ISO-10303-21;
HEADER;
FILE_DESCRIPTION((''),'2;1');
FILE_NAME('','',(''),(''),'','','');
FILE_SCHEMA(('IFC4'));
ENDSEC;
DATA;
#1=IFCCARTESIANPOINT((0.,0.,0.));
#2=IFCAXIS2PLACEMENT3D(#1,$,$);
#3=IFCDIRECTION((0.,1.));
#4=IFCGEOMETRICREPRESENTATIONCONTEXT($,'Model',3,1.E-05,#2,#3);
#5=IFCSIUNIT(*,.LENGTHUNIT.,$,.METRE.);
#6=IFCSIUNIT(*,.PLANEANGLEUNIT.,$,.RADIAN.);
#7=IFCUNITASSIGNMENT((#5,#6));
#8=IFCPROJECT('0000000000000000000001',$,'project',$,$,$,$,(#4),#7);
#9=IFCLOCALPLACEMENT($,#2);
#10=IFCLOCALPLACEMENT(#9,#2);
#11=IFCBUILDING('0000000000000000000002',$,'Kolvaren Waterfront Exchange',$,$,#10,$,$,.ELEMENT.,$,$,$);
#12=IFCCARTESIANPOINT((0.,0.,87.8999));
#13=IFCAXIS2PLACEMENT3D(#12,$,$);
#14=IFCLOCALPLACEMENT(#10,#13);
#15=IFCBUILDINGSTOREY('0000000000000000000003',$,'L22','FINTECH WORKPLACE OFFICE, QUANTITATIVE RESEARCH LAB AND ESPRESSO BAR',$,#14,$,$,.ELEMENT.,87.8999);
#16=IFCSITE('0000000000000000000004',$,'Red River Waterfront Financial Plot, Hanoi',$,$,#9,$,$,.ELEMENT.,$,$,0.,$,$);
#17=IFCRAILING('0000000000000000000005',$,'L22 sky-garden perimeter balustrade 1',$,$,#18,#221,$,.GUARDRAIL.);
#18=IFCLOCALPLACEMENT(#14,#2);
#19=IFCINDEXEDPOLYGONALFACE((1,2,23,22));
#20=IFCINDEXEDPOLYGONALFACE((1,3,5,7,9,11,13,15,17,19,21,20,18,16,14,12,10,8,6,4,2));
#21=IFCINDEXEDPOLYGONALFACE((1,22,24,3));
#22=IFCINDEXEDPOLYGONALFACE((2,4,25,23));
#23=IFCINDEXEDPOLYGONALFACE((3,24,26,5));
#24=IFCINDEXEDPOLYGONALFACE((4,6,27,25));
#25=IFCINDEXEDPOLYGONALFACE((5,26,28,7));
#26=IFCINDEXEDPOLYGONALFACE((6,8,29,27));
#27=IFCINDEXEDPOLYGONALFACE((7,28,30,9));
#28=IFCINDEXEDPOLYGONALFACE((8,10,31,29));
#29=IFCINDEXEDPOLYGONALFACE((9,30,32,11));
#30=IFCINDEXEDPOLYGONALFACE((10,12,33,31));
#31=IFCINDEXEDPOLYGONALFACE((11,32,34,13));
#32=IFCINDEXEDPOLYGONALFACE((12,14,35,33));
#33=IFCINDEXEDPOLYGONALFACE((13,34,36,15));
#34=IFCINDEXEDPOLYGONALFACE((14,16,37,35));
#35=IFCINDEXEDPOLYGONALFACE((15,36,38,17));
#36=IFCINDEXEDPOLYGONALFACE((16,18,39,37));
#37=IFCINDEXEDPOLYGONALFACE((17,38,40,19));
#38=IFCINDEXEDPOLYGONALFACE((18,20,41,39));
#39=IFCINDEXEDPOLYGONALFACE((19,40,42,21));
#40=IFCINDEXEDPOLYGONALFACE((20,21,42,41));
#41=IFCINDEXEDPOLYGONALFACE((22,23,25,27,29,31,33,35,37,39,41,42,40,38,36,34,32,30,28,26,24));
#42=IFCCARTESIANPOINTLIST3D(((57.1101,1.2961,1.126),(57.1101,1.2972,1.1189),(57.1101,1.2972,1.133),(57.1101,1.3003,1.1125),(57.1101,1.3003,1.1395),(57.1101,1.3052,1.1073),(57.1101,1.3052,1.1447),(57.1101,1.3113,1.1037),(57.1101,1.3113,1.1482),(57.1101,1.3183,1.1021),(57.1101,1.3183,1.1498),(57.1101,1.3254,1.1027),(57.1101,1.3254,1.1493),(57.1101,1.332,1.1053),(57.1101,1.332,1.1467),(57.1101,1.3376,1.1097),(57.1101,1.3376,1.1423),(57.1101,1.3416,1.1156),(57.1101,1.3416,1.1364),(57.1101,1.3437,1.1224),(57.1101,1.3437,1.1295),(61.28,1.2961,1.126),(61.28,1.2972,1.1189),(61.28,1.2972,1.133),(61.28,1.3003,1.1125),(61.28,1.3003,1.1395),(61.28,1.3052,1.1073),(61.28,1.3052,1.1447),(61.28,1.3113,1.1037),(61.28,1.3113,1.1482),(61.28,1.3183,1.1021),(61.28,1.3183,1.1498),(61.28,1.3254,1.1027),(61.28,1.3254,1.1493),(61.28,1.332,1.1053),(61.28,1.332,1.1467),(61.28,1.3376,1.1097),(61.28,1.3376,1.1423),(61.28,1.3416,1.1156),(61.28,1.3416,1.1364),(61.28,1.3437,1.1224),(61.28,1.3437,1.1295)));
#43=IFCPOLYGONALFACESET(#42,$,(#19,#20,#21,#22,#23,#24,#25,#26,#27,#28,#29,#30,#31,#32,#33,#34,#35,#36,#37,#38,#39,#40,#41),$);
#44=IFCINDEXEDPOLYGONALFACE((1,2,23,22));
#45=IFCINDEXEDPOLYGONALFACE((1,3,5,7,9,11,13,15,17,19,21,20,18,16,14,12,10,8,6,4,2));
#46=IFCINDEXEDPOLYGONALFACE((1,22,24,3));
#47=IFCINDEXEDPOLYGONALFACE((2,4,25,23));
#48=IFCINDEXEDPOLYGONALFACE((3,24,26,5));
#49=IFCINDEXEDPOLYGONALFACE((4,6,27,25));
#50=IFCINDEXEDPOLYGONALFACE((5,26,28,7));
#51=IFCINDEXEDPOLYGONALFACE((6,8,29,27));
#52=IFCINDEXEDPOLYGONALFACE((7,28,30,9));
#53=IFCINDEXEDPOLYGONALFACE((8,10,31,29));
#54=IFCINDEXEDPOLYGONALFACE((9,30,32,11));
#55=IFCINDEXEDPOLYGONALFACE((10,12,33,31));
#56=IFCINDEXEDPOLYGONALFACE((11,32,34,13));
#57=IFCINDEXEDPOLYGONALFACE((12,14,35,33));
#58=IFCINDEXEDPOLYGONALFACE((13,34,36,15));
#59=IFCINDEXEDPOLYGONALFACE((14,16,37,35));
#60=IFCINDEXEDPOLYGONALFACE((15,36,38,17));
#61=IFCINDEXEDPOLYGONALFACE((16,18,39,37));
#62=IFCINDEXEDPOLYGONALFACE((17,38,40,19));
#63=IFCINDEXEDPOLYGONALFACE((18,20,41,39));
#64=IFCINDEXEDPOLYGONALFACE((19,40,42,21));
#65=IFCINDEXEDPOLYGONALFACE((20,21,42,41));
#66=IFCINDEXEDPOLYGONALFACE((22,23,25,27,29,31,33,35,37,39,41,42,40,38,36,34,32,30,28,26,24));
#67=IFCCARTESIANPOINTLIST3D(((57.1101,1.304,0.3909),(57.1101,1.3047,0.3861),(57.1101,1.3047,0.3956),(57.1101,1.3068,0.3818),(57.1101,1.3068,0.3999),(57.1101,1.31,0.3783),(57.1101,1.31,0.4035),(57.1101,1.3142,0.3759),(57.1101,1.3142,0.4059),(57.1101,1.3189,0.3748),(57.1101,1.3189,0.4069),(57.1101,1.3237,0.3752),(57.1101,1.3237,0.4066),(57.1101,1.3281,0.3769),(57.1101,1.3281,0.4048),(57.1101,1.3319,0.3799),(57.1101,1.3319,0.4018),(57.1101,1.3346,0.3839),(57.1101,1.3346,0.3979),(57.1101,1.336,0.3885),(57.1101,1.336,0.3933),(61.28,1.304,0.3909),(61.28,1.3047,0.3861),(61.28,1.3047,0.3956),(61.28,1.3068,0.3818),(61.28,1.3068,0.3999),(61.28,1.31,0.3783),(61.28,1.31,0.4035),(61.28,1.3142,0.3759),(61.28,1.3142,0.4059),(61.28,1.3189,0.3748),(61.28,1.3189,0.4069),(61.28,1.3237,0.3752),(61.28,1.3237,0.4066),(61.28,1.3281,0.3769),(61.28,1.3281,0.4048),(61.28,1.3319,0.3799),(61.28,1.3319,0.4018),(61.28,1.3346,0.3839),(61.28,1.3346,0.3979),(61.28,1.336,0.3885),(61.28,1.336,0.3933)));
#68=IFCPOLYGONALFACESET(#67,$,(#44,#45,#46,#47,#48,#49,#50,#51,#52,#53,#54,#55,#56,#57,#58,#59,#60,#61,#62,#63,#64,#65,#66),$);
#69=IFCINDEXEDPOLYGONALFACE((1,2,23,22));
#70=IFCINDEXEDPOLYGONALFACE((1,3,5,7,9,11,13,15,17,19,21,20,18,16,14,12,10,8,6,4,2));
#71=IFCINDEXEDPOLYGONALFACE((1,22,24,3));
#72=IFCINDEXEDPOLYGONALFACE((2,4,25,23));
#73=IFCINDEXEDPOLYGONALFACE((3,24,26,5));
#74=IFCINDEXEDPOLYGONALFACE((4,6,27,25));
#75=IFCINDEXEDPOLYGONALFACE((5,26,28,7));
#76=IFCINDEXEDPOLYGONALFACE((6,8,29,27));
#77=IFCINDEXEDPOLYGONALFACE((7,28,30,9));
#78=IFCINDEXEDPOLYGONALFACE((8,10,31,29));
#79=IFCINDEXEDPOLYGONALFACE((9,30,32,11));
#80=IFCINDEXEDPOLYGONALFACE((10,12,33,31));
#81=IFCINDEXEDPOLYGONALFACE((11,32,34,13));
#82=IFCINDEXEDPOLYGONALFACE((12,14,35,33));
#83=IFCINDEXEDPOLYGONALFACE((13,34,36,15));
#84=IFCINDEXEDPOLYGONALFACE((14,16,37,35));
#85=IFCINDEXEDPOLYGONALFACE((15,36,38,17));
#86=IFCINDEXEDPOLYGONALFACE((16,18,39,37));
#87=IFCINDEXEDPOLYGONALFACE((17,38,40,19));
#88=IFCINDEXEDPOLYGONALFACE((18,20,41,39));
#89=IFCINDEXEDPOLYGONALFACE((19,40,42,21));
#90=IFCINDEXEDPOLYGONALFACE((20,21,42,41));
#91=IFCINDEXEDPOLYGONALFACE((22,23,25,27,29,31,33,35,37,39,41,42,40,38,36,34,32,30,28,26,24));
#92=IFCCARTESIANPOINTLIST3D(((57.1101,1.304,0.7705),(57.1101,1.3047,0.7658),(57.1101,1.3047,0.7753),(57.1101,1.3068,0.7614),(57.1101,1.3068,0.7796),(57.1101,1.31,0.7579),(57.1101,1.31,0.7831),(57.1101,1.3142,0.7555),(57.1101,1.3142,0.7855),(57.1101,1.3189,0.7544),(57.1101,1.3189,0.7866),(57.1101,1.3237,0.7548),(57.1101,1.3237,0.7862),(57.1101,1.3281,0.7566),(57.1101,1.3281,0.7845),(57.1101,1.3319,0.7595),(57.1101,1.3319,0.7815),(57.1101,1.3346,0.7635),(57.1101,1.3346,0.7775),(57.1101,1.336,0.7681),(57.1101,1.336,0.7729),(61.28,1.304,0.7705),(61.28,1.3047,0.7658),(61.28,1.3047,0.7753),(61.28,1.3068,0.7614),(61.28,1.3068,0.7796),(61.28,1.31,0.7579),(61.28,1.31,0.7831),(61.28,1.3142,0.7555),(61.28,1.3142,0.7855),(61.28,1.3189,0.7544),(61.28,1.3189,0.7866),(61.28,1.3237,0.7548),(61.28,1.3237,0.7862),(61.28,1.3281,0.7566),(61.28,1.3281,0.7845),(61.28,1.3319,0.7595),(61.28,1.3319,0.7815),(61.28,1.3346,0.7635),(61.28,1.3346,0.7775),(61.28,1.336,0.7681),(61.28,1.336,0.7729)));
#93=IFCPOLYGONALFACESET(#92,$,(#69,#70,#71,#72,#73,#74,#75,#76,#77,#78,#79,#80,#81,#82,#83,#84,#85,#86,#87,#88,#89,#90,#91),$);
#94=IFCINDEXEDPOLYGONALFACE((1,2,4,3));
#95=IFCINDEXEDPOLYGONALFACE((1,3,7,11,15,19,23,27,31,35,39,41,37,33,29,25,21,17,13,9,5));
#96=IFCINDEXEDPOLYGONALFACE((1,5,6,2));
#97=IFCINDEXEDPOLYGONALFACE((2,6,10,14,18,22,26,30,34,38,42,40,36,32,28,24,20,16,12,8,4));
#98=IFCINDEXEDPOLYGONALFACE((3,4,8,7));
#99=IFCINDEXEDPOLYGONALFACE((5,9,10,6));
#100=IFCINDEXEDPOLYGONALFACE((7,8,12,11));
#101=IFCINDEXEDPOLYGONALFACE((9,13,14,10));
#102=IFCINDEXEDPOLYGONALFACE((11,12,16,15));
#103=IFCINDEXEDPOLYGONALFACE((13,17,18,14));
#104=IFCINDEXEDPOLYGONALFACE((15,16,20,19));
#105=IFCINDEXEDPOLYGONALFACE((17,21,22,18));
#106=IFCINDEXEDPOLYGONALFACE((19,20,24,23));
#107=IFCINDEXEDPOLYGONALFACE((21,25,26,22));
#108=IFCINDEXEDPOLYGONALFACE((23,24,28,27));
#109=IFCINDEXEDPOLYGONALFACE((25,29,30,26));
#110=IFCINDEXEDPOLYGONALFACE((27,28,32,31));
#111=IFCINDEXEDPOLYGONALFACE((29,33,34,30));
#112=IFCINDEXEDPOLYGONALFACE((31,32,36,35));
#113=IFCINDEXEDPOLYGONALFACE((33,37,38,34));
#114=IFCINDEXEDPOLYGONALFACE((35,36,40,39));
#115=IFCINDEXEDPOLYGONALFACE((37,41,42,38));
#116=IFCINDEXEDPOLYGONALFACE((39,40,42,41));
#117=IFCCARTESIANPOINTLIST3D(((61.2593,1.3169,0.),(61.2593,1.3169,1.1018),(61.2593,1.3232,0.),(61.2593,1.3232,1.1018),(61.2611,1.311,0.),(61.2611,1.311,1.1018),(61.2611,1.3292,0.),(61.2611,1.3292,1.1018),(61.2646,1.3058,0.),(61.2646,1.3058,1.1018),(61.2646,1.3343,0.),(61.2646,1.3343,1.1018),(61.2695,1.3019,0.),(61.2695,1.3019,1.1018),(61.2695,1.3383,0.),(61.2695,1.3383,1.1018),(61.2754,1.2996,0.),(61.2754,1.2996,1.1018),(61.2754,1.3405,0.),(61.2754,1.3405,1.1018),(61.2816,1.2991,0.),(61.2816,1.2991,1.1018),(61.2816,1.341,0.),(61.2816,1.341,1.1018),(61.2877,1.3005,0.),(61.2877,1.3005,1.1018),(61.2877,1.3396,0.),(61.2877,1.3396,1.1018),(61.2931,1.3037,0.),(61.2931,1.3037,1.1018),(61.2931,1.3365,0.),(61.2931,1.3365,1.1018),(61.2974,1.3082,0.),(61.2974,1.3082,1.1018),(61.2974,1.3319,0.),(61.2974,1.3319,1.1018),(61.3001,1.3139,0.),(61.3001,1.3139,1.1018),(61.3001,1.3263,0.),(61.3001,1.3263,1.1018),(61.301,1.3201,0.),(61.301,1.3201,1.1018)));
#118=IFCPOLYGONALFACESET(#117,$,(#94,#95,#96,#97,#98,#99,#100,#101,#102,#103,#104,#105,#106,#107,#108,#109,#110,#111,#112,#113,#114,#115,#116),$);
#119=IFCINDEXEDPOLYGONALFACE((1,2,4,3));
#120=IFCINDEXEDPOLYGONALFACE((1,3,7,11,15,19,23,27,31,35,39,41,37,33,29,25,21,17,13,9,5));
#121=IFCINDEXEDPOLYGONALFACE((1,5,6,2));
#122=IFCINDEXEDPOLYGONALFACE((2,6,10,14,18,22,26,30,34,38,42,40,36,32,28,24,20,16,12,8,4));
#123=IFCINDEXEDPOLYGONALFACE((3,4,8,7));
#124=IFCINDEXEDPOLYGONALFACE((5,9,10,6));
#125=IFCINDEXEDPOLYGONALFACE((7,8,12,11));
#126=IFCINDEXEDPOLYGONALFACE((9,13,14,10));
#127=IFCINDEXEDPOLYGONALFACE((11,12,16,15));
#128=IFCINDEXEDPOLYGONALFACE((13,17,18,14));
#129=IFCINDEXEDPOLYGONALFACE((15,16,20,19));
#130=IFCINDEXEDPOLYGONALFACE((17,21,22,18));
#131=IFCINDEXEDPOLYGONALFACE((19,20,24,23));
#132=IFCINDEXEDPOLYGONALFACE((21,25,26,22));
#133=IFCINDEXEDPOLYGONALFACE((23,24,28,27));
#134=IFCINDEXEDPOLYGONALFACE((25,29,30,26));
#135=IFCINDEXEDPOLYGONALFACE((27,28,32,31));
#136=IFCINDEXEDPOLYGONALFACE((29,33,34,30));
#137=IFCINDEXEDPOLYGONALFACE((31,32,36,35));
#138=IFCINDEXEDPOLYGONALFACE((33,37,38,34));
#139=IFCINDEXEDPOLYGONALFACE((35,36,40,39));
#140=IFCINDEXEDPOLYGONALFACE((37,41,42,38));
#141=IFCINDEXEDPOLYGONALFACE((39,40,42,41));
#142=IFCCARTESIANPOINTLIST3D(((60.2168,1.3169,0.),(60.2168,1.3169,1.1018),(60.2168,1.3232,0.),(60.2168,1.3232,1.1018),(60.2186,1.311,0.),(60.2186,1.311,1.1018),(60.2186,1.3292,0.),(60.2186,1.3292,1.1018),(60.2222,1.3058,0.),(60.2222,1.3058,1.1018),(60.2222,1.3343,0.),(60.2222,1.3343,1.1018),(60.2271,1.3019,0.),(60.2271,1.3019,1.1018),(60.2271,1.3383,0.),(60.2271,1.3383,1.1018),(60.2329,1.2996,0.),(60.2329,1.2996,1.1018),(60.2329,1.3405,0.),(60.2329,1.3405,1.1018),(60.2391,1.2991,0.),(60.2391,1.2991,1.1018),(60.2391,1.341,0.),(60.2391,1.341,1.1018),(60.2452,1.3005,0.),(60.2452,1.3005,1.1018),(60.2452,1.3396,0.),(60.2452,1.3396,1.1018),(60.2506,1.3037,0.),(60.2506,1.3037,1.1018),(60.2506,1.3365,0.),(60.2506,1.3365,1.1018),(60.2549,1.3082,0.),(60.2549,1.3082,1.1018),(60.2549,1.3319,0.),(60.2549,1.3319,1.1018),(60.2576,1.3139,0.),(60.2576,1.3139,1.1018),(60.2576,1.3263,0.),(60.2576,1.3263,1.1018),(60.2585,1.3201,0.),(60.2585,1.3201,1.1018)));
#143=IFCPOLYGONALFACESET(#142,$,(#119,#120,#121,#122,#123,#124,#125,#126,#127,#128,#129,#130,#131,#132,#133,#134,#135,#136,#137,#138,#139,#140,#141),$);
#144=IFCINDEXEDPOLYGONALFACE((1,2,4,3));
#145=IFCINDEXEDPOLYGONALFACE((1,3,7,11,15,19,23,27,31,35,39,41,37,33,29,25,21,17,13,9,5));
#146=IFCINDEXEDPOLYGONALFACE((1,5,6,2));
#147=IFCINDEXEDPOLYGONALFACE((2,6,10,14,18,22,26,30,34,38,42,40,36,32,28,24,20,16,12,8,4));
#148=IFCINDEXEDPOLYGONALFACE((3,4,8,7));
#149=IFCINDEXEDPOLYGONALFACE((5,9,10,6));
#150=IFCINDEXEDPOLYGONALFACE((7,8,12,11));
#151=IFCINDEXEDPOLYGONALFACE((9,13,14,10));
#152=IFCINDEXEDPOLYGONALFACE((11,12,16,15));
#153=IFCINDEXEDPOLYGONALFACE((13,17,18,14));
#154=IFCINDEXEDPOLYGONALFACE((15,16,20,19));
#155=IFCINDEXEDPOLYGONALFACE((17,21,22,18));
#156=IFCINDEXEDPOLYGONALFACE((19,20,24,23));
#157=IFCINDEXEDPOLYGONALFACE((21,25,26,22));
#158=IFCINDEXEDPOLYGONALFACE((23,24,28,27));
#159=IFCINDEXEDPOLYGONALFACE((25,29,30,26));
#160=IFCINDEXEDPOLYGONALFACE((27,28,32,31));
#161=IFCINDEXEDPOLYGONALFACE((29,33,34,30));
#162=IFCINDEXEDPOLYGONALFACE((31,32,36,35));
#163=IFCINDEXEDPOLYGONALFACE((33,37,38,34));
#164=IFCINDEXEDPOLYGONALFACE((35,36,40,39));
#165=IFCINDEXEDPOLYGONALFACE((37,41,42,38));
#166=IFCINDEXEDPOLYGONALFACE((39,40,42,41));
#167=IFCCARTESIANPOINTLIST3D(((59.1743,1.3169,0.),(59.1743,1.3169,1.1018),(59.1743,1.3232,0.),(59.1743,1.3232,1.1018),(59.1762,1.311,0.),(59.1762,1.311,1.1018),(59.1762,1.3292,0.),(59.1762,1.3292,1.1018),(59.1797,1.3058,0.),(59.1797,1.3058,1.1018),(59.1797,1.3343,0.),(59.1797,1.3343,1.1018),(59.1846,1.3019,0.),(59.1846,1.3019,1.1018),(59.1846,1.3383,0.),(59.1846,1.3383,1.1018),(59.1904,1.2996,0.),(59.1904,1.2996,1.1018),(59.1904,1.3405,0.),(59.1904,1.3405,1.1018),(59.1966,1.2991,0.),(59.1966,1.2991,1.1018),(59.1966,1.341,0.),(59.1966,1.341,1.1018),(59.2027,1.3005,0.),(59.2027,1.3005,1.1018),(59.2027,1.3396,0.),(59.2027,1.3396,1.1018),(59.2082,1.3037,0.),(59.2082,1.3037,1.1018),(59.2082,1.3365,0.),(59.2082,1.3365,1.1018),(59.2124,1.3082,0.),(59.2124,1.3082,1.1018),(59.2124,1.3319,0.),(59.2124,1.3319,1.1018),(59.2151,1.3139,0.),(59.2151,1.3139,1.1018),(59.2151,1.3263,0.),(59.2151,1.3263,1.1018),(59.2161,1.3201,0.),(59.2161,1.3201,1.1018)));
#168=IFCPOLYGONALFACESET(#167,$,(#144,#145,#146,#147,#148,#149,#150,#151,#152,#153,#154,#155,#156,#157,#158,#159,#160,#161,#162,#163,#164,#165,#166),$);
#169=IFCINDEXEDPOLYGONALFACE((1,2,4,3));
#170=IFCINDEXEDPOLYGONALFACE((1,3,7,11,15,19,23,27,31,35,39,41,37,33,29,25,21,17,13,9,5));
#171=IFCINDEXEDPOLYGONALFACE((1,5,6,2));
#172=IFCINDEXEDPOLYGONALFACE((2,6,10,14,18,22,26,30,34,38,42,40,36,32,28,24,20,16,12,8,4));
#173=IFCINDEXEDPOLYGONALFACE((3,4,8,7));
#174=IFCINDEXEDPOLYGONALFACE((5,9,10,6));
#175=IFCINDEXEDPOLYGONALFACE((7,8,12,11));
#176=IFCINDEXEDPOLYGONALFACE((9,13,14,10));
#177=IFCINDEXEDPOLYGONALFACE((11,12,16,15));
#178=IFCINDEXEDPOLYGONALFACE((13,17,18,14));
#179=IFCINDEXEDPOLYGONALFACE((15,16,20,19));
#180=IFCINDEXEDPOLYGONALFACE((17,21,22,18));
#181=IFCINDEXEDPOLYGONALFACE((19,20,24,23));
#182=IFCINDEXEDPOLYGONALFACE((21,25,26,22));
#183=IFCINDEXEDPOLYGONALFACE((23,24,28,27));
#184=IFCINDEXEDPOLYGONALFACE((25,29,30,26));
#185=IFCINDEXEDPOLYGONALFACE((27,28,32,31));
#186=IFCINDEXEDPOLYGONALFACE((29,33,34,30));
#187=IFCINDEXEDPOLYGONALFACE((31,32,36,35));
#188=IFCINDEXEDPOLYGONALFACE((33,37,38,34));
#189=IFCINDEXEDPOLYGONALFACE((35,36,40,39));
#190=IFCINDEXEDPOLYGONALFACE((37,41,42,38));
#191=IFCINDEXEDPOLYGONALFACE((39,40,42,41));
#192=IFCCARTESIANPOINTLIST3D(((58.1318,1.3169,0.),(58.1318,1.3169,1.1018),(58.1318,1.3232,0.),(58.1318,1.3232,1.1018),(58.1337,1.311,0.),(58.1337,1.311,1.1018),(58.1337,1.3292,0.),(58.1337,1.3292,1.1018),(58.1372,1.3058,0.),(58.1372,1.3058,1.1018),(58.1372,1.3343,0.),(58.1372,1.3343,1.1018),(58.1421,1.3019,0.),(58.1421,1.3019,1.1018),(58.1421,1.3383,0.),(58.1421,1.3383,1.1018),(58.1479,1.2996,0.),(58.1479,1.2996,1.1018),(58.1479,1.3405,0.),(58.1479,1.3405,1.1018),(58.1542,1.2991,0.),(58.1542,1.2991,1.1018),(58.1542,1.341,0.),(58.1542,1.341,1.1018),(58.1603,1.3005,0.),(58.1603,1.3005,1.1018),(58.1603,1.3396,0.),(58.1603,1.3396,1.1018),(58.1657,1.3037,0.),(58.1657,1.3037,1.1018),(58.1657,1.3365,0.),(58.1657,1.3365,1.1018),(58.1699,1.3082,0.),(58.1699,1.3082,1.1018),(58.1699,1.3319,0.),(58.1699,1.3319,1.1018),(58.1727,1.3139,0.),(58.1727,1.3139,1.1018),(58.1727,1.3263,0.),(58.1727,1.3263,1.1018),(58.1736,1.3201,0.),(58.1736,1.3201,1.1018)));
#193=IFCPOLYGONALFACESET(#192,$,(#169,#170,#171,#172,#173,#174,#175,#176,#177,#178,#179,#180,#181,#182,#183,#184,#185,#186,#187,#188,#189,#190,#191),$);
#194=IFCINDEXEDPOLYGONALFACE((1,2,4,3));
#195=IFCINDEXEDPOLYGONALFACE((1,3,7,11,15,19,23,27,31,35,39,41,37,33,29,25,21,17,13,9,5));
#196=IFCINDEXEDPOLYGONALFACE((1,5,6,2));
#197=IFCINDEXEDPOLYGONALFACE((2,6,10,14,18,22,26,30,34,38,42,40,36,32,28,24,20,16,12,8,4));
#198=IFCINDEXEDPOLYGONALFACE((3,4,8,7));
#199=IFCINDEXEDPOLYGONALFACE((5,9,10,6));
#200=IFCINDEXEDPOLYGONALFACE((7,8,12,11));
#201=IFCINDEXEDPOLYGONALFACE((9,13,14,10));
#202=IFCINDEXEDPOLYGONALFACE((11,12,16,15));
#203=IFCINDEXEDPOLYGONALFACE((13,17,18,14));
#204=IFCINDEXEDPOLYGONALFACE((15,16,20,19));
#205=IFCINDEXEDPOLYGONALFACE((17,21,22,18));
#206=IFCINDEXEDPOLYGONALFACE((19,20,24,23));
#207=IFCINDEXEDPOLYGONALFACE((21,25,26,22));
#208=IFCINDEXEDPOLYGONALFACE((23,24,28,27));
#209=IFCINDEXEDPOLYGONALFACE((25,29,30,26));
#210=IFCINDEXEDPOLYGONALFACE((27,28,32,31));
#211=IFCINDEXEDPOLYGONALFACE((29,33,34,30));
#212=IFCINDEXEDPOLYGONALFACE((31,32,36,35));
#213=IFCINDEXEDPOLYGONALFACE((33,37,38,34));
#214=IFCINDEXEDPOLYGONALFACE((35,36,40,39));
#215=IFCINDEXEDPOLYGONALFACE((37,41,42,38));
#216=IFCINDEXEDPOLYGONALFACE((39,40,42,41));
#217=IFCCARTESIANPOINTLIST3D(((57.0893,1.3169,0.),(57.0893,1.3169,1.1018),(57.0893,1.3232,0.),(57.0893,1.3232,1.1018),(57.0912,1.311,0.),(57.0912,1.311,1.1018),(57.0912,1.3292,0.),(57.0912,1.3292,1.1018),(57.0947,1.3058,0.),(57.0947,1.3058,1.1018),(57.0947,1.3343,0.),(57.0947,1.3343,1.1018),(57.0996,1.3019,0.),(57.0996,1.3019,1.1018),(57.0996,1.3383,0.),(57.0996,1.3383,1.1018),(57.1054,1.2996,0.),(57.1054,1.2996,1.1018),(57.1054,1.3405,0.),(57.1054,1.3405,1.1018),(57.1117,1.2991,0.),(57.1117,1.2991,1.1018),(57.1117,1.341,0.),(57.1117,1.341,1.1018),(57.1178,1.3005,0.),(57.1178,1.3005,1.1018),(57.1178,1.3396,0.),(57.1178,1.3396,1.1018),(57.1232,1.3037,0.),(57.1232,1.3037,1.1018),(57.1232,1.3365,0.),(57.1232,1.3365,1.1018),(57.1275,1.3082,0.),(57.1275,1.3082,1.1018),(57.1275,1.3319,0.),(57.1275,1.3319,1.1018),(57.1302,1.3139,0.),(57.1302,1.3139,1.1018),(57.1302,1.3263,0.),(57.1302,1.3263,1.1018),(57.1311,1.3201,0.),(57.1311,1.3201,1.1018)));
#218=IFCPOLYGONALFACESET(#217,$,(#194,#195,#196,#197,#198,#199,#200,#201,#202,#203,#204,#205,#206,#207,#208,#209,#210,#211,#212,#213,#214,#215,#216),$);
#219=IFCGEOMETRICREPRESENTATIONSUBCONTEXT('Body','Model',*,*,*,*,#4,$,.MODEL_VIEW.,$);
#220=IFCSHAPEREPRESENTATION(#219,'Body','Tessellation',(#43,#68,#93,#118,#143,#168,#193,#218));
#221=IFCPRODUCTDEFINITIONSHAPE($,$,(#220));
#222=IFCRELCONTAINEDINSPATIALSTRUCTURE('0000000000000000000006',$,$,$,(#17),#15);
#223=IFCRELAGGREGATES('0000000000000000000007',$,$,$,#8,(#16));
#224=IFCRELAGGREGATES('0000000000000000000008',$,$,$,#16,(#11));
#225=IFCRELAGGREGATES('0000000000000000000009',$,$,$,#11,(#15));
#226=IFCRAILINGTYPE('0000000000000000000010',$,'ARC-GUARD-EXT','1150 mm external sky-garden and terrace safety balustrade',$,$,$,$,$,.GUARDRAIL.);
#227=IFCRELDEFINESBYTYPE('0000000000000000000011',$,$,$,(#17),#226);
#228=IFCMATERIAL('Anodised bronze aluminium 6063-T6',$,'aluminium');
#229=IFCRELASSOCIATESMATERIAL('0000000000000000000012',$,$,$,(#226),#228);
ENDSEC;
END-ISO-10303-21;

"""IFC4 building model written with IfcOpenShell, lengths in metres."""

from ifc_helpers import new_model, si_unit, direction, frame, origin, origin_2d, place, context, subcontext, project, spatial, circle, extrude, material, type_object, element, save


model = new_model("IFC4")

# Units and contexts
model_context = context("Model", 3, precision=1e-05, world=origin(), true_north=direction((0.0, 1.0)))
body_context = subcontext(model_context, "Body", "Model", "MODEL_VIEW")
ifc_project = project(units=[si_unit("LENGTHUNIT", "METRE"), si_unit("PLANEANGLEUNIT", "RADIAN")], contexts=[model_context])

# Site, building, storey
site_placement = place(None, origin())
site = spatial("IfcSite", under=ifc_project, at=site_placement, Name="Red River Waterfront Financial Plot, Hanoi", CompositionType="ELEMENT", RefElevation=0.0)
building_placement = place(site_placement, origin())
building = spatial("IfcBuilding", under=site, at=building_placement, Name="Kolvaren Waterfront Exchange", CompositionType="ELEMENT")
storey_placement = place(building_placement, frame((0.0, 0.0, 87.8999)))
storey = spatial("IfcBuildingStorey", under=building, at=storey_placement, Name="L22", Description="FINTECH WORKPLACE OFFICE, QUANTITATIVE RESEARCH LAB AND ESPRESSO BAR", CompositionType="ELEMENT", Elevation=87.8999)

# Shared definitions
ifc_material_1 = material(Name="Anodised bronze aluminium 6063-T6", Category="aluminium")

# Railing
railing_type = type_object("IfcRailingType", Name="ARC-GUARD-EXT", Description="1150 mm external sky-garden and terrace safety balustrade", PredefinedType="GUARDRAIL", material=ifc_material_1)
railing_1_placement = place(storey_placement, frame((61.28, 1.3201, 0.0)))
element("IfcRailing", 1, at=railing_1_placement, inside=storey, type_object=railing_type, Name="L22 sky-garden perimeter balustrade 1", PredefinedType="GUARDRAIL", context=body_context, shape_type="SweptSolid", body=[
    extrude(circle(Radius=0.0239, at=origin_2d()), frame((0.0, 0.0, 1.126), z_axis=(-1.0, 0.0, 0.0), x_axis=(0.0, -1.0, 0.0)), (0.0, 0.0, 1.0), 4.1699),
    extrude(circle(Radius=0.0161, at=origin_2d()), frame((0.0, 0.0, 0.3909), z_axis=(-1.0, 0.0, 0.0), x_axis=(0.0, -1.0, 0.0)), (0.0, 0.0, 1.0), 4.1699),
    extrude(circle(Radius=0.0161, at=origin_2d()), frame((0.0, 0.0, 0.7705), z_axis=(-1.0, 0.0, 0.0), x_axis=(0.0, -1.0, 0.0)), (0.0, 0.0, 1.0), 4.1699),
    extrude(circle(Radius=0.021, at=origin_2d()), origin(), (0.0, 0.0, 1.0), 1.1018),
    extrude(circle(Radius=0.021, at=origin_2d()), frame((-1.0425, 0.0, 0.0)), (0.0, 0.0, 1.0), 1.1018),
    extrude(circle(Radius=0.021, at=origin_2d()), frame((-2.085, 0.0, 0.0)), (0.0, 0.0, 1.0), 1.1018),
    extrude(circle(Radius=0.021, at=origin_2d()), frame((-3.1274, 0.0, 0.0)), (0.0, 0.0, 1.0), 1.1018),
    extrude(circle(Radius=0.021, at=origin_2d()), frame((-4.1699, 0.0, 0.0)), (0.0, 0.0, 1.0), 1.1018),
])

save(model, "model.ifc")
